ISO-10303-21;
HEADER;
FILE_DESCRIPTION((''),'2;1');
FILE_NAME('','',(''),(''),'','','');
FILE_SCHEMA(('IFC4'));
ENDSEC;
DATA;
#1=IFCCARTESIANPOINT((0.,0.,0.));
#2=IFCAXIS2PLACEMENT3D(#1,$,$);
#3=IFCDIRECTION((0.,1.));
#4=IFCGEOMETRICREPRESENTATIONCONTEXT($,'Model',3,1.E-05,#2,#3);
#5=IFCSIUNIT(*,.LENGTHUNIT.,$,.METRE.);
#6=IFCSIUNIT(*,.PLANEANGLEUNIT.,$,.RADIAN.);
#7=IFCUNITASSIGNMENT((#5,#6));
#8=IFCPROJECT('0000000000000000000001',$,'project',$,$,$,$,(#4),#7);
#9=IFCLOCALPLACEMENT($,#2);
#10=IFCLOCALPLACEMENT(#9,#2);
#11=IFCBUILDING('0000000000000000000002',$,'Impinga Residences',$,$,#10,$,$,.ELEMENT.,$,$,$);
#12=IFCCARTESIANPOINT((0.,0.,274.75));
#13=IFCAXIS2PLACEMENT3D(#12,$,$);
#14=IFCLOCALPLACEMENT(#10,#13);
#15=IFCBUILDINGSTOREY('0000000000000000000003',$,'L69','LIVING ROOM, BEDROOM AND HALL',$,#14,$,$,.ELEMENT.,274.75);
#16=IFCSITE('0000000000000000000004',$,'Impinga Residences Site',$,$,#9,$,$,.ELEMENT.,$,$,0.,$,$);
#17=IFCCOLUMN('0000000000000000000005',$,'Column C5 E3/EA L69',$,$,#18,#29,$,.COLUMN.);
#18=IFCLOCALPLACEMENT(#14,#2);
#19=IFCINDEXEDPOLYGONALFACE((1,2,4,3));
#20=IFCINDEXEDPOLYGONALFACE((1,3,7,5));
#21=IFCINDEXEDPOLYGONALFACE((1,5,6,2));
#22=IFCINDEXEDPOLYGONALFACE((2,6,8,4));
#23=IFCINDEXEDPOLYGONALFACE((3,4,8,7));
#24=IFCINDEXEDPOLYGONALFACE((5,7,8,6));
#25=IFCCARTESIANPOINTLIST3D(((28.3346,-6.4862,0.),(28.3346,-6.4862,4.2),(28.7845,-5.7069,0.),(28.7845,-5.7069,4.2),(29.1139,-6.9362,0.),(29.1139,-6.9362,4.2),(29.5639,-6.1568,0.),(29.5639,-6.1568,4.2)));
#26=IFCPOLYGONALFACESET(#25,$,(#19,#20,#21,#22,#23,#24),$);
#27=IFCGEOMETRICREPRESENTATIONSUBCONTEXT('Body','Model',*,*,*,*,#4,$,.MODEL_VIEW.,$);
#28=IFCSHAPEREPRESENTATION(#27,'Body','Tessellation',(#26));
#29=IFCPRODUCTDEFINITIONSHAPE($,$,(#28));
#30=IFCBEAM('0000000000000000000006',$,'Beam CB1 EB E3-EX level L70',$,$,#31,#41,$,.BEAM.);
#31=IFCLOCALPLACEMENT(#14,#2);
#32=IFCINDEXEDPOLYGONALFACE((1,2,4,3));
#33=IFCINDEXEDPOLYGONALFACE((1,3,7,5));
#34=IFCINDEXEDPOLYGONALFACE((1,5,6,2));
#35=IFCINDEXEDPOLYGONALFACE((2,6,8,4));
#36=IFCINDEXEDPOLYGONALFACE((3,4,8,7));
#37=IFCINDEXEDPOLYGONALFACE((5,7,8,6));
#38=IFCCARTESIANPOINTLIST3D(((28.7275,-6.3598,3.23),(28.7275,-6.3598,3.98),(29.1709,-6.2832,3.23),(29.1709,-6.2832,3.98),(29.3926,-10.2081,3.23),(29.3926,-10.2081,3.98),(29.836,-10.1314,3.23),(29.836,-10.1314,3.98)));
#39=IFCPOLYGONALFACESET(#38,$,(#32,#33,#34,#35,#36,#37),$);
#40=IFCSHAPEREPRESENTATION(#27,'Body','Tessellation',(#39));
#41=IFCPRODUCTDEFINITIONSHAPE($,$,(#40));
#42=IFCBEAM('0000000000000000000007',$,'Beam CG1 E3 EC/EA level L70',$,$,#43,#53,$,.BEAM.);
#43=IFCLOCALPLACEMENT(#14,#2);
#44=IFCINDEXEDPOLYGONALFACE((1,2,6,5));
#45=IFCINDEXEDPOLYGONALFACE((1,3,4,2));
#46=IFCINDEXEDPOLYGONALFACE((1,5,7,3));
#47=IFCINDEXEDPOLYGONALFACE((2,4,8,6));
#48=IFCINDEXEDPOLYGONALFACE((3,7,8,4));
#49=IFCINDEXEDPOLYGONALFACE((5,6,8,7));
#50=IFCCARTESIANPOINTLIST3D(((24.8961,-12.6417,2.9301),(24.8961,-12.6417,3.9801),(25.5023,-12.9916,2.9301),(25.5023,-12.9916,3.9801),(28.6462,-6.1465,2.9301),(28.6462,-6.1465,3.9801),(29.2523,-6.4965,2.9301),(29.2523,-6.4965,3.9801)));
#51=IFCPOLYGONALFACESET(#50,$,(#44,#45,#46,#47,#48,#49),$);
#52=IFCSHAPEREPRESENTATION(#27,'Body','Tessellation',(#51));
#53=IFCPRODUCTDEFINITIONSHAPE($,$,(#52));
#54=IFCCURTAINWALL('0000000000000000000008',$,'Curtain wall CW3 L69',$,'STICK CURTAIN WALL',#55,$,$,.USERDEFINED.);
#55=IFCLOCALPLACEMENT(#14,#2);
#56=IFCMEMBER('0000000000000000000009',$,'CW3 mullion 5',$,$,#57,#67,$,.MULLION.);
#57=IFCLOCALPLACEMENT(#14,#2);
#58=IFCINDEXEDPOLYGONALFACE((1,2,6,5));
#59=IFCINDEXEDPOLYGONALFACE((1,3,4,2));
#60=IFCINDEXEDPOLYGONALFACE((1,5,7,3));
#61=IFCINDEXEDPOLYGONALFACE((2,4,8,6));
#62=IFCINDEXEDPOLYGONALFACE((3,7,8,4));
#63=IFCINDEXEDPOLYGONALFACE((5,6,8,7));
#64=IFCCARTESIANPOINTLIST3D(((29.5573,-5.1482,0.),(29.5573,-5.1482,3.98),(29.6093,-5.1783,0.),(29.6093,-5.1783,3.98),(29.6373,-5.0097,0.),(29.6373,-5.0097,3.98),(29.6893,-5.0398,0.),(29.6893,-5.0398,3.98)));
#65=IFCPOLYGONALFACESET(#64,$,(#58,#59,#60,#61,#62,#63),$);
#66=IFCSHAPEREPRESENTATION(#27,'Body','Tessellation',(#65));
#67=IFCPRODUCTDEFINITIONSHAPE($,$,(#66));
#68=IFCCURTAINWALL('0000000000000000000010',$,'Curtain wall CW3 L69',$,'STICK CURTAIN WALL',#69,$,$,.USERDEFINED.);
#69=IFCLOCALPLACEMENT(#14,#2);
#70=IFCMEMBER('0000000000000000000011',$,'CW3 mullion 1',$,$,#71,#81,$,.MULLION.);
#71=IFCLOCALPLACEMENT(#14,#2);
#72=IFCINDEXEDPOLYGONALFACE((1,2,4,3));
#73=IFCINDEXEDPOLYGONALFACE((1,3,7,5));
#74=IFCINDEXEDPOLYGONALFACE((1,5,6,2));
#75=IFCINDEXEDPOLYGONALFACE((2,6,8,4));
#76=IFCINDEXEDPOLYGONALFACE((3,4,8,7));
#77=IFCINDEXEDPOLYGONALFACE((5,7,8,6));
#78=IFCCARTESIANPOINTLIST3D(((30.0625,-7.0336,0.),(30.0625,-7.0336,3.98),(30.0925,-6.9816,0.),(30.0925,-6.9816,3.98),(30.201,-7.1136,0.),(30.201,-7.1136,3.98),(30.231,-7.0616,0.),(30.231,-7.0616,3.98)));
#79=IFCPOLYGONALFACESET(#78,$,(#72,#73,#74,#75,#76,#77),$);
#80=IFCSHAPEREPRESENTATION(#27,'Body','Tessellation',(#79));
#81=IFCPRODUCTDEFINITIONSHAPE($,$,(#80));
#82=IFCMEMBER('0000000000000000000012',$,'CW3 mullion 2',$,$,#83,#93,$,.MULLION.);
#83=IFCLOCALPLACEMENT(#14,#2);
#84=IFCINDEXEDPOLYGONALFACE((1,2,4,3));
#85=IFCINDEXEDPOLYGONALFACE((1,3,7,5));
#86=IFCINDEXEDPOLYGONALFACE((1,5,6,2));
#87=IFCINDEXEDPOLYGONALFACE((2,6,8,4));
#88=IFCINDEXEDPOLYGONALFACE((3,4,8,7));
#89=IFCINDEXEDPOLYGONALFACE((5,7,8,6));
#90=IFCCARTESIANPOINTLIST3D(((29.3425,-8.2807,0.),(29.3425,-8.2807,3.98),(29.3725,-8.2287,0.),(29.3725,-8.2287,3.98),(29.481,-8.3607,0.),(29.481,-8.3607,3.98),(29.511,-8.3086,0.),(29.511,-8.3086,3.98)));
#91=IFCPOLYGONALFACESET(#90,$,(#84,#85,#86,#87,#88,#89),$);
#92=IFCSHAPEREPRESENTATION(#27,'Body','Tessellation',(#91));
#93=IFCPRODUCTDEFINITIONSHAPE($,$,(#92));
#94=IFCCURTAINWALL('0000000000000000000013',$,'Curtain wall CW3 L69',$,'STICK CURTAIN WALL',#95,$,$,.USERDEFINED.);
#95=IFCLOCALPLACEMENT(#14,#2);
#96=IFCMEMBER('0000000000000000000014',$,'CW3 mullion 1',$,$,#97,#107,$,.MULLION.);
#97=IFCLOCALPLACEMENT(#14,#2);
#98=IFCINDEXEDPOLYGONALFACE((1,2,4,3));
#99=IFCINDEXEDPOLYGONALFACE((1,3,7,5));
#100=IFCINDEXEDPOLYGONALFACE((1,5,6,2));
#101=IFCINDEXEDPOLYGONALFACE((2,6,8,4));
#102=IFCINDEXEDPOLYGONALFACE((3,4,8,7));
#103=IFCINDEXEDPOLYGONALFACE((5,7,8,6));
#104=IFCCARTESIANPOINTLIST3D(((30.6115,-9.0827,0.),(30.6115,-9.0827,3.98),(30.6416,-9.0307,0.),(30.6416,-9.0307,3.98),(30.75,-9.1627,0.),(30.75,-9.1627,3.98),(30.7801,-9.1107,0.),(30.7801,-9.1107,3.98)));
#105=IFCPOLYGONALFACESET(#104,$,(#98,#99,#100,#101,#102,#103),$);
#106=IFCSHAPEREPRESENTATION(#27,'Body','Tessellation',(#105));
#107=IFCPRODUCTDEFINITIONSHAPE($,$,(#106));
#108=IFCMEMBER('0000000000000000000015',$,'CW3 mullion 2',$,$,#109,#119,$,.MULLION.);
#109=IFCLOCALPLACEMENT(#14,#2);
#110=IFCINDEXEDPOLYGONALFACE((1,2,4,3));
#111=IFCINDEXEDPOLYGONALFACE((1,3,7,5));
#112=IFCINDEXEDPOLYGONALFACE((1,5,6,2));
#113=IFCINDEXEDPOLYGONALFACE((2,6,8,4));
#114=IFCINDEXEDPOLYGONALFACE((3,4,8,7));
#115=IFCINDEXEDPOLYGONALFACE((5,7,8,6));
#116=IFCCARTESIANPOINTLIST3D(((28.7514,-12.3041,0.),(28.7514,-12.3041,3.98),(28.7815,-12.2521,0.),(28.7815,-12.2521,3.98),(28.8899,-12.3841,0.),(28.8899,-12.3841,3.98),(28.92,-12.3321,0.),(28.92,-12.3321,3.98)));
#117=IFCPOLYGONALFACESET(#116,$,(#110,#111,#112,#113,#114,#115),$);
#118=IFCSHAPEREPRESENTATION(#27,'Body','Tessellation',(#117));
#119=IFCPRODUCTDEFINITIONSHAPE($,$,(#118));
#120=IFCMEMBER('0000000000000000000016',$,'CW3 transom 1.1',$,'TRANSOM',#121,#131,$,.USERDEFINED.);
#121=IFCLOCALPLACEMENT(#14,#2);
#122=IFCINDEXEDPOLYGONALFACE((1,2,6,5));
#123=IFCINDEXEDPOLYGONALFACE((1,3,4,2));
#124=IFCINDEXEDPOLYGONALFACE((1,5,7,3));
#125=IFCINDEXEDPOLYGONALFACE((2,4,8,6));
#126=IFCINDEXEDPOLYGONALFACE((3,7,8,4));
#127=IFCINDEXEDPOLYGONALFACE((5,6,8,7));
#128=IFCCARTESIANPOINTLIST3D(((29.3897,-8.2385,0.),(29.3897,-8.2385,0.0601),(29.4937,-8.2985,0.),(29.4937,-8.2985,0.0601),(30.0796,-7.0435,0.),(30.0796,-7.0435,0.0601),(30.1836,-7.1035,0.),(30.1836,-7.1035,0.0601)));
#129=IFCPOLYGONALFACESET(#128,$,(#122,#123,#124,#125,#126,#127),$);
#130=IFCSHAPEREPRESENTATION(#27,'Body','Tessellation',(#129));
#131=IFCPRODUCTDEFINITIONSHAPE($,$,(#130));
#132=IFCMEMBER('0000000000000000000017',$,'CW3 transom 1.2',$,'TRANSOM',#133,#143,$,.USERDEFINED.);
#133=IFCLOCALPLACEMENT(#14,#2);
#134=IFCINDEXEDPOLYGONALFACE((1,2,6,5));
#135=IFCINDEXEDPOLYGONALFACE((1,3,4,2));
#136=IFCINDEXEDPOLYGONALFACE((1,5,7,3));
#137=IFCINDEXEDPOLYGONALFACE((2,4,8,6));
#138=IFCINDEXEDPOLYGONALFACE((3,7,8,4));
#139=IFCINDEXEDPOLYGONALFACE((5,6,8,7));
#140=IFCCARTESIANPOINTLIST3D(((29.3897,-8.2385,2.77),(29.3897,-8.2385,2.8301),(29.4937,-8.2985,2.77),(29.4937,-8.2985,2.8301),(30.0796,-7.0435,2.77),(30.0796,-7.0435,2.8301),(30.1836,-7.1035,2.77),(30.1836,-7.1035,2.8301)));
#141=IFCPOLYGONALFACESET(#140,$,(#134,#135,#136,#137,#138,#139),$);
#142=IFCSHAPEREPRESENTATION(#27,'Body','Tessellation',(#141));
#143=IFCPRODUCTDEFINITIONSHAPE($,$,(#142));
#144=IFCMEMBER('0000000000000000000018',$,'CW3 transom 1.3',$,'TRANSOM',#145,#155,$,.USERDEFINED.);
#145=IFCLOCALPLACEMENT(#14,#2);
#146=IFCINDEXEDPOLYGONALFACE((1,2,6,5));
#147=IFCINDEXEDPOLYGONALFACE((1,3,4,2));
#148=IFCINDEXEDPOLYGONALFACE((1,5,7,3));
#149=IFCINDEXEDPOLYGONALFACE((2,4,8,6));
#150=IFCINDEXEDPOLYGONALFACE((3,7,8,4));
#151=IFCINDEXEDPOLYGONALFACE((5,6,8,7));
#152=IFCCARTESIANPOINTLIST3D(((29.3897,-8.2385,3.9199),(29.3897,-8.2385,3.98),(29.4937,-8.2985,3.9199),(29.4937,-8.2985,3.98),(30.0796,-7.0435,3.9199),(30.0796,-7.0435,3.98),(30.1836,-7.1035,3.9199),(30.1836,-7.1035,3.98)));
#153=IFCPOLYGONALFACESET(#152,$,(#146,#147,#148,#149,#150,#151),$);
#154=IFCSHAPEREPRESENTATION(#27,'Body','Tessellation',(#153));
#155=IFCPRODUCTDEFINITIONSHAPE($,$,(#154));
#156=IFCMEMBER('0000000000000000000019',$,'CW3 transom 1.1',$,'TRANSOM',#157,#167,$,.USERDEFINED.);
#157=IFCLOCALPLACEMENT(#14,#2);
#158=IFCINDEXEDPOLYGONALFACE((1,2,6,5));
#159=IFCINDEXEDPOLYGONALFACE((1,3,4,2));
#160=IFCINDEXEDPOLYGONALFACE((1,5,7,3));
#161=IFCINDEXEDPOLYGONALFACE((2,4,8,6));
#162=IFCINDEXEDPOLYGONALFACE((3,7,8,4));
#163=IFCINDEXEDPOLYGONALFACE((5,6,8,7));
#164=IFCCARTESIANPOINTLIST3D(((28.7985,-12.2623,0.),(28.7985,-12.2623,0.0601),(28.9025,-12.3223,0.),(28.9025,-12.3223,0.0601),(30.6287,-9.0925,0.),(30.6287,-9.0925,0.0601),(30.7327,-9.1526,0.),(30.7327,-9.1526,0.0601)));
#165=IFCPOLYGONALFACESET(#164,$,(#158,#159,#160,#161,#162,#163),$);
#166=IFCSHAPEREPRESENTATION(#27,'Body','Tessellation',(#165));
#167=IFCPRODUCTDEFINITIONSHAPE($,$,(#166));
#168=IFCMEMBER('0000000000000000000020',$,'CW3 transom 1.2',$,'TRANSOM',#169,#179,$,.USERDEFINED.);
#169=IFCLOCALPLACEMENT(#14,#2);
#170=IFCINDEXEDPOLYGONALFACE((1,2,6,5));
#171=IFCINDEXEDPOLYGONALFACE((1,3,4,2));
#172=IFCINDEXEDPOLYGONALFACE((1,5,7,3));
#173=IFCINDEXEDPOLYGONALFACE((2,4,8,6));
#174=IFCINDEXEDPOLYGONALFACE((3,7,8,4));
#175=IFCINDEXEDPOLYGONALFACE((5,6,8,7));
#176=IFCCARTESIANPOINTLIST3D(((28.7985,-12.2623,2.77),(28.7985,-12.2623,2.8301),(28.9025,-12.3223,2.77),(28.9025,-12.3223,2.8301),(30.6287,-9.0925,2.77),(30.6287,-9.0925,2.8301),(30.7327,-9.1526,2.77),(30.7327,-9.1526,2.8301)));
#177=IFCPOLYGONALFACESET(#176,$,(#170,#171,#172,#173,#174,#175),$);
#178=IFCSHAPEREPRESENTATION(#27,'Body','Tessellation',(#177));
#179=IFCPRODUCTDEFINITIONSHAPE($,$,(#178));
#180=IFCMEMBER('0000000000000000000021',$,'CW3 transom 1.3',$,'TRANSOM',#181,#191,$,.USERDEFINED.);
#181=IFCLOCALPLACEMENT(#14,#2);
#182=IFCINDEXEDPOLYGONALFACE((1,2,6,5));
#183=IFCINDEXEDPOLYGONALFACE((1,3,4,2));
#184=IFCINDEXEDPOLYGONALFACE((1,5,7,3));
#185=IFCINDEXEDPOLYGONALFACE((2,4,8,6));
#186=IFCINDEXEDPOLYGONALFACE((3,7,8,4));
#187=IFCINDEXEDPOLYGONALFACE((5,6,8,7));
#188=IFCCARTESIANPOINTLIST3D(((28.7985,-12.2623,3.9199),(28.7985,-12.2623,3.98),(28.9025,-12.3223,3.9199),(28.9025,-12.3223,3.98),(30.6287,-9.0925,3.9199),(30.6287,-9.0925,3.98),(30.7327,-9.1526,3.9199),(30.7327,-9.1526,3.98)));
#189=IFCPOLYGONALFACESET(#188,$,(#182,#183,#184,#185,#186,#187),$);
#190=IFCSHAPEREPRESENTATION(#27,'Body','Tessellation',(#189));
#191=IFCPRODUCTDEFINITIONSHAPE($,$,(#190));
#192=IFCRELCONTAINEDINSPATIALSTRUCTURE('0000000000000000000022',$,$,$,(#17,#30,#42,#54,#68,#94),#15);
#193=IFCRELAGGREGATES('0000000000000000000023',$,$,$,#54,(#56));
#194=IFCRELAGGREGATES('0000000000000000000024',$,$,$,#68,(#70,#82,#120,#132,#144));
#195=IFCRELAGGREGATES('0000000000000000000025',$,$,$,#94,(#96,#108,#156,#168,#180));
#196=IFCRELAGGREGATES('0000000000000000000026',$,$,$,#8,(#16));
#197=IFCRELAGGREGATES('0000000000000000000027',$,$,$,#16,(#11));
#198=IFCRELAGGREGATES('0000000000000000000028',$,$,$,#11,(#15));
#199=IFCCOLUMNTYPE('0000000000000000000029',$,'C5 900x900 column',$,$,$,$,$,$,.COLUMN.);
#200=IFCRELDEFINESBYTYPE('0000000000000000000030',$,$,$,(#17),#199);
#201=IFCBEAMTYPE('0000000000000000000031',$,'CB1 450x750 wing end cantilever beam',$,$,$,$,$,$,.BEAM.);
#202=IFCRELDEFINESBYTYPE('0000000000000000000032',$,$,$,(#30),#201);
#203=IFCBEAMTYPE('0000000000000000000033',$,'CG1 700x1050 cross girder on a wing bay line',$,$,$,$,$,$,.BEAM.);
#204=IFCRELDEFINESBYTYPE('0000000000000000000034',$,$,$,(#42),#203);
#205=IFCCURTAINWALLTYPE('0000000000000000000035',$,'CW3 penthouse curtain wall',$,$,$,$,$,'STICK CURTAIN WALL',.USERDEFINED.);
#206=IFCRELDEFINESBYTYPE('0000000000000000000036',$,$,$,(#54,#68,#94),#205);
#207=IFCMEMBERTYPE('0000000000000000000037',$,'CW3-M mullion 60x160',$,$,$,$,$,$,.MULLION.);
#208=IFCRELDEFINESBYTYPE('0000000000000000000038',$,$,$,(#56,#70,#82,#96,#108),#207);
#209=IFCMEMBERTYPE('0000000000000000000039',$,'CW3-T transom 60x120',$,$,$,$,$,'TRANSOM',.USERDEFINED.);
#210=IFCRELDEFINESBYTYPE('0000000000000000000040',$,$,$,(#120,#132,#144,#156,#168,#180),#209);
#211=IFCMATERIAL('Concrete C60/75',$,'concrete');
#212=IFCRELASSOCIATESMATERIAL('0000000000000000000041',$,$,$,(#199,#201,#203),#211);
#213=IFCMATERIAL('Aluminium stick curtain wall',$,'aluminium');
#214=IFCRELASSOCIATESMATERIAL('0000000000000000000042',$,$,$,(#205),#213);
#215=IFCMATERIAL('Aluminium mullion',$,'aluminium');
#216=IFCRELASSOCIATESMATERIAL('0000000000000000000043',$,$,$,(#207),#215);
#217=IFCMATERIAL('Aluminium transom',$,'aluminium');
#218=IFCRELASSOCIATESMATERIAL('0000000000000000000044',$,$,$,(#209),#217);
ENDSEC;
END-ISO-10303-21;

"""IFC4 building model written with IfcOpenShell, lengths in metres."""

from ifc_helpers import new_model, si_unit, direction, frame, origin, origin_2d, place, context, subcontext, project, spatial, rectangle, extrude, material, material_profile, profile_set, type_object, element, aggregate, save


model = new_model("IFC4")

# Units and contexts
model_context = context("Model", 3, precision=1e-05, world=origin(), true_north=direction((0.0, 1.0)))
body_context = subcontext(model_context, "Body", "Model", "MODEL_VIEW")
ifc_project = project(units=[si_unit("LENGTHUNIT", "METRE"), si_unit("PLANEANGLEUNIT", "RADIAN")], contexts=[model_context])

# Site, building, storey
site_placement = place(None, origin())
site = spatial("IfcSite", under=ifc_project, at=site_placement, Name="Impinga Residences Site", CompositionType="ELEMENT", RefElevation=0.0)
building_placement = place(site_placement, origin())
building = spatial("IfcBuilding", under=site, at=building_placement, Name="Impinga Residences", CompositionType="ELEMENT")
storey_placement = place(building_placement, frame((0.0, 0.0, 274.75)))
storey = spatial("IfcBuildingStorey", under=building, at=storey_placement, Name="L69", Description="LIVING ROOM, BEDROOM AND HALL", CompositionType="ELEMENT", Elevation=274.75)

# Column
ifc_material_1 = material(Name="Concrete C60/75", Category="concrete")
ifc_material_profile_1 = material_profile(ifc_material_1, rectangle(XDim=0.8999, YDim=0.8999, at=origin_2d()), Name="RC 900x900")
ifc_profile_set_1 = profile_set([ifc_material_profile_1], Name="Concrete C60/75")
column_type = type_object("IfcColumnType", Name="C5 900x900 column", PredefinedType="COLUMN", material=ifc_profile_set_1)
column_placement = place(storey_placement, frame((28.9492, -6.3215, 0.0), z_axis=(0.0, 0.0, 1.0), x_axis=(-0.5, -0.866025, 0.0)))
element("IfcColumn", 1, at=column_placement, inside=storey, type_object=column_type, Name="Column C5 E3/EA L69", PredefinedType="COLUMN", context=body_context, shape_type="SweptSolid", body=[
    extrude(rectangle(XDim=0.8999, YDim=0.8999, at=origin_2d()), origin(), (0.0, 0.0, 1.0), 4.2),
])

# Beams
ifc_material_profile_2 = material_profile(ifc_material_1, rectangle(XDim=0.45, YDim=0.75, at=origin_2d()), Name="RC 450x750")
ifc_profile_set_2 = profile_set([ifc_material_profile_2], Name="Concrete C60/75")
beam_type_1 = type_object("IfcBeamType", Name="CB1 450x750 wing end cantilever beam", PredefinedType="BEAM", material=ifc_profile_set_2)
beam_1_placement = place(storey_placement, frame((28.9492, -6.3215, 3.605), z_axis=(0.170296, -0.985393, 0.0), x_axis=(0.985393, 0.170296, 0.0)))
element("IfcBeam", 2, at=beam_1_placement, inside=storey, type_object=beam_type_1, Name="Beam CB1 EB E3-EX level L70", PredefinedType="BEAM", context=body_context, shape_type="SweptSolid", body=[
    extrude(rectangle(XDim=0.45, YDim=0.75, at=origin_2d()), origin(), (0.0, 0.0, 1.0), 3.9053),
])
ifc_material_profile_3 = material_profile(ifc_material_1, rectangle(XDim=0.7, YDim=1.05, at=origin_2d()), Name="RC 700x1050")
ifc_profile_set_3 = profile_set([ifc_material_profile_3], Name="Concrete C60/75")
beam_type_2 = type_object("IfcBeamType", Name="CG1 700x1050 cross girder on a wing bay line", PredefinedType="BEAM", material=ifc_profile_set_3)
beam_2_placement = place(storey_placement, frame((25.1992, -12.8167, 3.4551), z_axis=(0.500004, 0.866023, 0.0), x_axis=(-0.866023, 0.500004, 0.0)))
element("IfcBeam", 3, at=beam_2_placement, inside=storey, type_object=beam_type_2, Name="Beam CG1 E3 EC/EA level L70", PredefinedType="BEAM", context=body_context, shape_type="SweptSolid", body=[
    extrude(rectangle(XDim=0.7, YDim=1.05, at=origin_2d()), origin(), (0.0, 0.0, 1.0), 7.5),
])

# Curtain wall, member
ifc_material_2 = material(Name="Aluminium stick curtain wall", Category="aluminium")
curtain_wall_type = type_object("IfcCurtainWallType", Name="CW3 penthouse curtain wall", ElementType="STICK CURTAIN WALL", PredefinedType="USERDEFINED", material=ifc_material_2)
curtain_wall_1_placement = place(storey_placement, origin())
curtain_wall_1 = element("IfcCurtainWall", 4, at=curtain_wall_1_placement, inside=storey, type_object=curtain_wall_type, Name="Curtain wall CW3 L69", ObjectType="STICK CURTAIN WALL", PredefinedType="USERDEFINED")
ifc_material_3 = material(Name="Aluminium mullion", Category="aluminium")
ifc_material_profile_4 = material_profile(ifc_material_3, rectangle(XDim=0.0601, YDim=0.1599, at=origin_2d()), Name="60x160 mullion")
ifc_profile_set_4 = profile_set([ifc_material_profile_4], Name="Aluminium mullion")
member_type_1 = type_object("IfcMemberType", Name="CW3-M mullion 60x160", PredefinedType="MULLION", material=ifc_profile_set_4)
member_1_placement = place(storey_placement, frame((29.6233, -5.094, 0.0), z_axis=(0.0, 0.0, 1.0), x_axis=(0.866025, -0.5, 0.0)))
member_1 = element("IfcMember", 5, at=member_1_placement, type_object=member_type_1, Name="CW3 mullion 5", PredefinedType="MULLION", context=body_context, shape_type="SweptSolid", body=[
    extrude(rectangle(XDim=0.0601, YDim=0.1599, at=origin_2d()), origin(), (0.0, 0.0, 1.0), 3.98),
])

# Curtain walls, members
curtain_wall_2_placement = place(storey_placement, origin())
curtain_wall_2 = element("IfcCurtainWall", 6, at=curtain_wall_2_placement, inside=storey, type_object=curtain_wall_type, Name="Curtain wall CW3 L69", ObjectType="STICK CURTAIN WALL", PredefinedType="USERDEFINED")
member_2_placement = place(storey_placement, frame((30.1467, -7.0476, 0.0), z_axis=(0.0, 0.0, 1.0), x_axis=(-0.5, -0.866025, 0.0)))
member_2 = element("IfcMember", 7, at=member_2_placement, type_object=member_type_1, Name="CW3 mullion 1", PredefinedType="MULLION", context=body_context, shape_type="SweptSolid", body=[
    extrude(rectangle(XDim=0.0601, YDim=0.1599, at=origin_2d()), origin(), (0.0, 0.0, 1.0), 3.98),
])
member_3_placement = place(storey_placement, frame((29.4268, -8.2947, 0.0), z_axis=(0.0, 0.0, 1.0), x_axis=(-0.5, -0.866025, 0.0)))
member_3 = element("IfcMember", 8, at=member_3_placement, type_object=member_type_1, Name="CW3 mullion 2", PredefinedType="MULLION", context=body_context, shape_type="SweptSolid", body=[
    extrude(rectangle(XDim=0.0601, YDim=0.1599, at=origin_2d()), origin(), (0.0, 0.0, 1.0), 3.98),
])
curtain_wall_3_placement = place(storey_placement, origin())
curtain_wall_3 = element("IfcCurtainWall", 9, at=curtain_wall_3_placement, inside=storey, type_object=curtain_wall_type, Name="Curtain wall CW3 L69", ObjectType="STICK CURTAIN WALL", PredefinedType="USERDEFINED")
member_4_placement = place(storey_placement, frame((30.6958, -9.0967, 0.0), z_axis=(0.0, 0.0, 1.0), x_axis=(-0.5, -0.866025, 0.0)))
member_4 = element("IfcMember", 10, at=member_4_placement, type_object=member_type_1, Name="CW3 mullion 1", PredefinedType="MULLION", context=body_context, shape_type="SweptSolid", body=[
    extrude(rectangle(XDim=0.0601, YDim=0.1599, at=origin_2d()), origin(), (0.0, 0.0, 1.0), 3.98),
])
member_5_placement = place(storey_placement, frame((28.8357, -12.3181, 0.0), z_axis=(0.0, 0.0, 1.0), x_axis=(-0.5, -0.866025, 0.0)))
member_5 = element("IfcMember", 11, at=member_5_placement, type_object=member_type_1, Name="CW3 mullion 2", PredefinedType="MULLION", context=body_context, shape_type="SweptSolid", body=[
    extrude(rectangle(XDim=0.0601, YDim=0.1599, at=origin_2d()), origin(), (0.0, 0.0, 1.0), 3.98),
])

# Members
ifc_material_4 = material(Name="Aluminium transom", Category="aluminium")
ifc_material_profile_5 = material_profile(ifc_material_4, rectangle(XDim=0.0601, YDim=0.1201, at=origin_2d()), Name="60x120 transom")
ifc_profile_set_5 = profile_set([ifc_material_profile_5], Name="Aluminium transom")
member_type_2 = type_object("IfcMemberType", Name="CW3-T transom 60x120", ElementType="TRANSOM", PredefinedType="USERDEFINED", material=ifc_profile_set_5)
member_6_placement = place(storey_placement, frame((30.1316, -7.0735, 0.03), z_axis=(-0.499983, -0.866035, 0.0), x_axis=(0.0, 0.0, 1.0)))
member_6 = element("IfcMember", 12, at=member_6_placement, type_object=member_type_2, Name="CW3 transom 1.1", ObjectType="TRANSOM", PredefinedType="USERDEFINED", context=body_context, shape_type="SweptSolid", body=[
    extrude(rectangle(XDim=0.0601, YDim=0.1201, at=origin_2d()), origin(), (0.0, 0.0, 1.0), 1.3799),
])
member_7_placement = place(storey_placement, frame((30.1316, -7.0735, 2.8), z_axis=(-0.499983, -0.866035, 0.0), x_axis=(0.0, 0.0, 1.0)))
member_7 = element("IfcMember", 13, at=member_7_placement, type_object=member_type_2, Name="CW3 transom 1.2", ObjectType="TRANSOM", PredefinedType="USERDEFINED", context=body_context, shape_type="SweptSolid", body=[
    extrude(rectangle(XDim=0.0601, YDim=0.1201, at=origin_2d()), origin(), (0.0, 0.0, 1.0), 1.3799),
])
member_8_placement = place(storey_placement, frame((30.1316, -7.0735, 3.95), z_axis=(-0.499983, -0.866035, 0.0), x_axis=(0.0, 0.0, 1.0)))
member_8 = element("IfcMember", 14, at=member_8_placement, type_object=member_type_2, Name="CW3 transom 1.3", ObjectType="TRANSOM", PredefinedType="USERDEFINED", context=body_context, shape_type="SweptSolid", body=[
    extrude(rectangle(XDim=0.0601, YDim=0.1201, at=origin_2d()), origin(), (0.0, 0.0, 1.0), 1.3799),
])
member_9_placement = place(storey_placement, frame((30.6807, -9.1226, 0.03), z_axis=(-0.500013, -0.866018, 0.0), x_axis=(0.0, 0.0, 1.0)))
member_9 = element("IfcMember", 15, at=member_9_placement, type_object=member_type_2, Name="CW3 transom 1.1", ObjectType="TRANSOM", PredefinedType="USERDEFINED", context=body_context, shape_type="SweptSolid", body=[
    extrude(rectangle(XDim=0.0601, YDim=0.1201, at=origin_2d()), origin(), (0.0, 0.0, 1.0), 3.6602),
])
member_10_placement = place(storey_placement, frame((30.6807, -9.1226, 2.8), z_axis=(-0.500013, -0.866018, 0.0), x_axis=(0.0, 0.0, 1.0)))
member_10 = element("IfcMember", 16, at=member_10_placement, type_object=member_type_2, Name="CW3 transom 1.2", ObjectType="TRANSOM", PredefinedType="USERDEFINED", context=body_context, shape_type="SweptSolid", body=[
    extrude(rectangle(XDim=0.0601, YDim=0.1201, at=origin_2d()), origin(), (0.0, 0.0, 1.0), 3.6602),
])
member_11_placement = place(storey_placement, frame((30.6807, -9.1226, 3.95), z_axis=(-0.500013, -0.866018, 0.0), x_axis=(0.0, 0.0, 1.0)))
member_11 = element("IfcMember", 17, at=member_11_placement, type_object=member_type_2, Name="CW3 transom 1.3", ObjectType="TRANSOM", PredefinedType="USERDEFINED", context=body_context, shape_type="SweptSolid", body=[
    extrude(rectangle(XDim=0.0601, YDim=0.1201, at=origin_2d()), origin(), (0.0, 0.0, 1.0), 3.6602),
])

aggregate(curtain_wall_1, [member_1])
aggregate(curtain_wall_2, [member_2, member_3, member_6, member_7, member_8])
aggregate(curtain_wall_3, [member_4, member_5, member_9, member_10, member_11])

save(model, "model.ifc")
